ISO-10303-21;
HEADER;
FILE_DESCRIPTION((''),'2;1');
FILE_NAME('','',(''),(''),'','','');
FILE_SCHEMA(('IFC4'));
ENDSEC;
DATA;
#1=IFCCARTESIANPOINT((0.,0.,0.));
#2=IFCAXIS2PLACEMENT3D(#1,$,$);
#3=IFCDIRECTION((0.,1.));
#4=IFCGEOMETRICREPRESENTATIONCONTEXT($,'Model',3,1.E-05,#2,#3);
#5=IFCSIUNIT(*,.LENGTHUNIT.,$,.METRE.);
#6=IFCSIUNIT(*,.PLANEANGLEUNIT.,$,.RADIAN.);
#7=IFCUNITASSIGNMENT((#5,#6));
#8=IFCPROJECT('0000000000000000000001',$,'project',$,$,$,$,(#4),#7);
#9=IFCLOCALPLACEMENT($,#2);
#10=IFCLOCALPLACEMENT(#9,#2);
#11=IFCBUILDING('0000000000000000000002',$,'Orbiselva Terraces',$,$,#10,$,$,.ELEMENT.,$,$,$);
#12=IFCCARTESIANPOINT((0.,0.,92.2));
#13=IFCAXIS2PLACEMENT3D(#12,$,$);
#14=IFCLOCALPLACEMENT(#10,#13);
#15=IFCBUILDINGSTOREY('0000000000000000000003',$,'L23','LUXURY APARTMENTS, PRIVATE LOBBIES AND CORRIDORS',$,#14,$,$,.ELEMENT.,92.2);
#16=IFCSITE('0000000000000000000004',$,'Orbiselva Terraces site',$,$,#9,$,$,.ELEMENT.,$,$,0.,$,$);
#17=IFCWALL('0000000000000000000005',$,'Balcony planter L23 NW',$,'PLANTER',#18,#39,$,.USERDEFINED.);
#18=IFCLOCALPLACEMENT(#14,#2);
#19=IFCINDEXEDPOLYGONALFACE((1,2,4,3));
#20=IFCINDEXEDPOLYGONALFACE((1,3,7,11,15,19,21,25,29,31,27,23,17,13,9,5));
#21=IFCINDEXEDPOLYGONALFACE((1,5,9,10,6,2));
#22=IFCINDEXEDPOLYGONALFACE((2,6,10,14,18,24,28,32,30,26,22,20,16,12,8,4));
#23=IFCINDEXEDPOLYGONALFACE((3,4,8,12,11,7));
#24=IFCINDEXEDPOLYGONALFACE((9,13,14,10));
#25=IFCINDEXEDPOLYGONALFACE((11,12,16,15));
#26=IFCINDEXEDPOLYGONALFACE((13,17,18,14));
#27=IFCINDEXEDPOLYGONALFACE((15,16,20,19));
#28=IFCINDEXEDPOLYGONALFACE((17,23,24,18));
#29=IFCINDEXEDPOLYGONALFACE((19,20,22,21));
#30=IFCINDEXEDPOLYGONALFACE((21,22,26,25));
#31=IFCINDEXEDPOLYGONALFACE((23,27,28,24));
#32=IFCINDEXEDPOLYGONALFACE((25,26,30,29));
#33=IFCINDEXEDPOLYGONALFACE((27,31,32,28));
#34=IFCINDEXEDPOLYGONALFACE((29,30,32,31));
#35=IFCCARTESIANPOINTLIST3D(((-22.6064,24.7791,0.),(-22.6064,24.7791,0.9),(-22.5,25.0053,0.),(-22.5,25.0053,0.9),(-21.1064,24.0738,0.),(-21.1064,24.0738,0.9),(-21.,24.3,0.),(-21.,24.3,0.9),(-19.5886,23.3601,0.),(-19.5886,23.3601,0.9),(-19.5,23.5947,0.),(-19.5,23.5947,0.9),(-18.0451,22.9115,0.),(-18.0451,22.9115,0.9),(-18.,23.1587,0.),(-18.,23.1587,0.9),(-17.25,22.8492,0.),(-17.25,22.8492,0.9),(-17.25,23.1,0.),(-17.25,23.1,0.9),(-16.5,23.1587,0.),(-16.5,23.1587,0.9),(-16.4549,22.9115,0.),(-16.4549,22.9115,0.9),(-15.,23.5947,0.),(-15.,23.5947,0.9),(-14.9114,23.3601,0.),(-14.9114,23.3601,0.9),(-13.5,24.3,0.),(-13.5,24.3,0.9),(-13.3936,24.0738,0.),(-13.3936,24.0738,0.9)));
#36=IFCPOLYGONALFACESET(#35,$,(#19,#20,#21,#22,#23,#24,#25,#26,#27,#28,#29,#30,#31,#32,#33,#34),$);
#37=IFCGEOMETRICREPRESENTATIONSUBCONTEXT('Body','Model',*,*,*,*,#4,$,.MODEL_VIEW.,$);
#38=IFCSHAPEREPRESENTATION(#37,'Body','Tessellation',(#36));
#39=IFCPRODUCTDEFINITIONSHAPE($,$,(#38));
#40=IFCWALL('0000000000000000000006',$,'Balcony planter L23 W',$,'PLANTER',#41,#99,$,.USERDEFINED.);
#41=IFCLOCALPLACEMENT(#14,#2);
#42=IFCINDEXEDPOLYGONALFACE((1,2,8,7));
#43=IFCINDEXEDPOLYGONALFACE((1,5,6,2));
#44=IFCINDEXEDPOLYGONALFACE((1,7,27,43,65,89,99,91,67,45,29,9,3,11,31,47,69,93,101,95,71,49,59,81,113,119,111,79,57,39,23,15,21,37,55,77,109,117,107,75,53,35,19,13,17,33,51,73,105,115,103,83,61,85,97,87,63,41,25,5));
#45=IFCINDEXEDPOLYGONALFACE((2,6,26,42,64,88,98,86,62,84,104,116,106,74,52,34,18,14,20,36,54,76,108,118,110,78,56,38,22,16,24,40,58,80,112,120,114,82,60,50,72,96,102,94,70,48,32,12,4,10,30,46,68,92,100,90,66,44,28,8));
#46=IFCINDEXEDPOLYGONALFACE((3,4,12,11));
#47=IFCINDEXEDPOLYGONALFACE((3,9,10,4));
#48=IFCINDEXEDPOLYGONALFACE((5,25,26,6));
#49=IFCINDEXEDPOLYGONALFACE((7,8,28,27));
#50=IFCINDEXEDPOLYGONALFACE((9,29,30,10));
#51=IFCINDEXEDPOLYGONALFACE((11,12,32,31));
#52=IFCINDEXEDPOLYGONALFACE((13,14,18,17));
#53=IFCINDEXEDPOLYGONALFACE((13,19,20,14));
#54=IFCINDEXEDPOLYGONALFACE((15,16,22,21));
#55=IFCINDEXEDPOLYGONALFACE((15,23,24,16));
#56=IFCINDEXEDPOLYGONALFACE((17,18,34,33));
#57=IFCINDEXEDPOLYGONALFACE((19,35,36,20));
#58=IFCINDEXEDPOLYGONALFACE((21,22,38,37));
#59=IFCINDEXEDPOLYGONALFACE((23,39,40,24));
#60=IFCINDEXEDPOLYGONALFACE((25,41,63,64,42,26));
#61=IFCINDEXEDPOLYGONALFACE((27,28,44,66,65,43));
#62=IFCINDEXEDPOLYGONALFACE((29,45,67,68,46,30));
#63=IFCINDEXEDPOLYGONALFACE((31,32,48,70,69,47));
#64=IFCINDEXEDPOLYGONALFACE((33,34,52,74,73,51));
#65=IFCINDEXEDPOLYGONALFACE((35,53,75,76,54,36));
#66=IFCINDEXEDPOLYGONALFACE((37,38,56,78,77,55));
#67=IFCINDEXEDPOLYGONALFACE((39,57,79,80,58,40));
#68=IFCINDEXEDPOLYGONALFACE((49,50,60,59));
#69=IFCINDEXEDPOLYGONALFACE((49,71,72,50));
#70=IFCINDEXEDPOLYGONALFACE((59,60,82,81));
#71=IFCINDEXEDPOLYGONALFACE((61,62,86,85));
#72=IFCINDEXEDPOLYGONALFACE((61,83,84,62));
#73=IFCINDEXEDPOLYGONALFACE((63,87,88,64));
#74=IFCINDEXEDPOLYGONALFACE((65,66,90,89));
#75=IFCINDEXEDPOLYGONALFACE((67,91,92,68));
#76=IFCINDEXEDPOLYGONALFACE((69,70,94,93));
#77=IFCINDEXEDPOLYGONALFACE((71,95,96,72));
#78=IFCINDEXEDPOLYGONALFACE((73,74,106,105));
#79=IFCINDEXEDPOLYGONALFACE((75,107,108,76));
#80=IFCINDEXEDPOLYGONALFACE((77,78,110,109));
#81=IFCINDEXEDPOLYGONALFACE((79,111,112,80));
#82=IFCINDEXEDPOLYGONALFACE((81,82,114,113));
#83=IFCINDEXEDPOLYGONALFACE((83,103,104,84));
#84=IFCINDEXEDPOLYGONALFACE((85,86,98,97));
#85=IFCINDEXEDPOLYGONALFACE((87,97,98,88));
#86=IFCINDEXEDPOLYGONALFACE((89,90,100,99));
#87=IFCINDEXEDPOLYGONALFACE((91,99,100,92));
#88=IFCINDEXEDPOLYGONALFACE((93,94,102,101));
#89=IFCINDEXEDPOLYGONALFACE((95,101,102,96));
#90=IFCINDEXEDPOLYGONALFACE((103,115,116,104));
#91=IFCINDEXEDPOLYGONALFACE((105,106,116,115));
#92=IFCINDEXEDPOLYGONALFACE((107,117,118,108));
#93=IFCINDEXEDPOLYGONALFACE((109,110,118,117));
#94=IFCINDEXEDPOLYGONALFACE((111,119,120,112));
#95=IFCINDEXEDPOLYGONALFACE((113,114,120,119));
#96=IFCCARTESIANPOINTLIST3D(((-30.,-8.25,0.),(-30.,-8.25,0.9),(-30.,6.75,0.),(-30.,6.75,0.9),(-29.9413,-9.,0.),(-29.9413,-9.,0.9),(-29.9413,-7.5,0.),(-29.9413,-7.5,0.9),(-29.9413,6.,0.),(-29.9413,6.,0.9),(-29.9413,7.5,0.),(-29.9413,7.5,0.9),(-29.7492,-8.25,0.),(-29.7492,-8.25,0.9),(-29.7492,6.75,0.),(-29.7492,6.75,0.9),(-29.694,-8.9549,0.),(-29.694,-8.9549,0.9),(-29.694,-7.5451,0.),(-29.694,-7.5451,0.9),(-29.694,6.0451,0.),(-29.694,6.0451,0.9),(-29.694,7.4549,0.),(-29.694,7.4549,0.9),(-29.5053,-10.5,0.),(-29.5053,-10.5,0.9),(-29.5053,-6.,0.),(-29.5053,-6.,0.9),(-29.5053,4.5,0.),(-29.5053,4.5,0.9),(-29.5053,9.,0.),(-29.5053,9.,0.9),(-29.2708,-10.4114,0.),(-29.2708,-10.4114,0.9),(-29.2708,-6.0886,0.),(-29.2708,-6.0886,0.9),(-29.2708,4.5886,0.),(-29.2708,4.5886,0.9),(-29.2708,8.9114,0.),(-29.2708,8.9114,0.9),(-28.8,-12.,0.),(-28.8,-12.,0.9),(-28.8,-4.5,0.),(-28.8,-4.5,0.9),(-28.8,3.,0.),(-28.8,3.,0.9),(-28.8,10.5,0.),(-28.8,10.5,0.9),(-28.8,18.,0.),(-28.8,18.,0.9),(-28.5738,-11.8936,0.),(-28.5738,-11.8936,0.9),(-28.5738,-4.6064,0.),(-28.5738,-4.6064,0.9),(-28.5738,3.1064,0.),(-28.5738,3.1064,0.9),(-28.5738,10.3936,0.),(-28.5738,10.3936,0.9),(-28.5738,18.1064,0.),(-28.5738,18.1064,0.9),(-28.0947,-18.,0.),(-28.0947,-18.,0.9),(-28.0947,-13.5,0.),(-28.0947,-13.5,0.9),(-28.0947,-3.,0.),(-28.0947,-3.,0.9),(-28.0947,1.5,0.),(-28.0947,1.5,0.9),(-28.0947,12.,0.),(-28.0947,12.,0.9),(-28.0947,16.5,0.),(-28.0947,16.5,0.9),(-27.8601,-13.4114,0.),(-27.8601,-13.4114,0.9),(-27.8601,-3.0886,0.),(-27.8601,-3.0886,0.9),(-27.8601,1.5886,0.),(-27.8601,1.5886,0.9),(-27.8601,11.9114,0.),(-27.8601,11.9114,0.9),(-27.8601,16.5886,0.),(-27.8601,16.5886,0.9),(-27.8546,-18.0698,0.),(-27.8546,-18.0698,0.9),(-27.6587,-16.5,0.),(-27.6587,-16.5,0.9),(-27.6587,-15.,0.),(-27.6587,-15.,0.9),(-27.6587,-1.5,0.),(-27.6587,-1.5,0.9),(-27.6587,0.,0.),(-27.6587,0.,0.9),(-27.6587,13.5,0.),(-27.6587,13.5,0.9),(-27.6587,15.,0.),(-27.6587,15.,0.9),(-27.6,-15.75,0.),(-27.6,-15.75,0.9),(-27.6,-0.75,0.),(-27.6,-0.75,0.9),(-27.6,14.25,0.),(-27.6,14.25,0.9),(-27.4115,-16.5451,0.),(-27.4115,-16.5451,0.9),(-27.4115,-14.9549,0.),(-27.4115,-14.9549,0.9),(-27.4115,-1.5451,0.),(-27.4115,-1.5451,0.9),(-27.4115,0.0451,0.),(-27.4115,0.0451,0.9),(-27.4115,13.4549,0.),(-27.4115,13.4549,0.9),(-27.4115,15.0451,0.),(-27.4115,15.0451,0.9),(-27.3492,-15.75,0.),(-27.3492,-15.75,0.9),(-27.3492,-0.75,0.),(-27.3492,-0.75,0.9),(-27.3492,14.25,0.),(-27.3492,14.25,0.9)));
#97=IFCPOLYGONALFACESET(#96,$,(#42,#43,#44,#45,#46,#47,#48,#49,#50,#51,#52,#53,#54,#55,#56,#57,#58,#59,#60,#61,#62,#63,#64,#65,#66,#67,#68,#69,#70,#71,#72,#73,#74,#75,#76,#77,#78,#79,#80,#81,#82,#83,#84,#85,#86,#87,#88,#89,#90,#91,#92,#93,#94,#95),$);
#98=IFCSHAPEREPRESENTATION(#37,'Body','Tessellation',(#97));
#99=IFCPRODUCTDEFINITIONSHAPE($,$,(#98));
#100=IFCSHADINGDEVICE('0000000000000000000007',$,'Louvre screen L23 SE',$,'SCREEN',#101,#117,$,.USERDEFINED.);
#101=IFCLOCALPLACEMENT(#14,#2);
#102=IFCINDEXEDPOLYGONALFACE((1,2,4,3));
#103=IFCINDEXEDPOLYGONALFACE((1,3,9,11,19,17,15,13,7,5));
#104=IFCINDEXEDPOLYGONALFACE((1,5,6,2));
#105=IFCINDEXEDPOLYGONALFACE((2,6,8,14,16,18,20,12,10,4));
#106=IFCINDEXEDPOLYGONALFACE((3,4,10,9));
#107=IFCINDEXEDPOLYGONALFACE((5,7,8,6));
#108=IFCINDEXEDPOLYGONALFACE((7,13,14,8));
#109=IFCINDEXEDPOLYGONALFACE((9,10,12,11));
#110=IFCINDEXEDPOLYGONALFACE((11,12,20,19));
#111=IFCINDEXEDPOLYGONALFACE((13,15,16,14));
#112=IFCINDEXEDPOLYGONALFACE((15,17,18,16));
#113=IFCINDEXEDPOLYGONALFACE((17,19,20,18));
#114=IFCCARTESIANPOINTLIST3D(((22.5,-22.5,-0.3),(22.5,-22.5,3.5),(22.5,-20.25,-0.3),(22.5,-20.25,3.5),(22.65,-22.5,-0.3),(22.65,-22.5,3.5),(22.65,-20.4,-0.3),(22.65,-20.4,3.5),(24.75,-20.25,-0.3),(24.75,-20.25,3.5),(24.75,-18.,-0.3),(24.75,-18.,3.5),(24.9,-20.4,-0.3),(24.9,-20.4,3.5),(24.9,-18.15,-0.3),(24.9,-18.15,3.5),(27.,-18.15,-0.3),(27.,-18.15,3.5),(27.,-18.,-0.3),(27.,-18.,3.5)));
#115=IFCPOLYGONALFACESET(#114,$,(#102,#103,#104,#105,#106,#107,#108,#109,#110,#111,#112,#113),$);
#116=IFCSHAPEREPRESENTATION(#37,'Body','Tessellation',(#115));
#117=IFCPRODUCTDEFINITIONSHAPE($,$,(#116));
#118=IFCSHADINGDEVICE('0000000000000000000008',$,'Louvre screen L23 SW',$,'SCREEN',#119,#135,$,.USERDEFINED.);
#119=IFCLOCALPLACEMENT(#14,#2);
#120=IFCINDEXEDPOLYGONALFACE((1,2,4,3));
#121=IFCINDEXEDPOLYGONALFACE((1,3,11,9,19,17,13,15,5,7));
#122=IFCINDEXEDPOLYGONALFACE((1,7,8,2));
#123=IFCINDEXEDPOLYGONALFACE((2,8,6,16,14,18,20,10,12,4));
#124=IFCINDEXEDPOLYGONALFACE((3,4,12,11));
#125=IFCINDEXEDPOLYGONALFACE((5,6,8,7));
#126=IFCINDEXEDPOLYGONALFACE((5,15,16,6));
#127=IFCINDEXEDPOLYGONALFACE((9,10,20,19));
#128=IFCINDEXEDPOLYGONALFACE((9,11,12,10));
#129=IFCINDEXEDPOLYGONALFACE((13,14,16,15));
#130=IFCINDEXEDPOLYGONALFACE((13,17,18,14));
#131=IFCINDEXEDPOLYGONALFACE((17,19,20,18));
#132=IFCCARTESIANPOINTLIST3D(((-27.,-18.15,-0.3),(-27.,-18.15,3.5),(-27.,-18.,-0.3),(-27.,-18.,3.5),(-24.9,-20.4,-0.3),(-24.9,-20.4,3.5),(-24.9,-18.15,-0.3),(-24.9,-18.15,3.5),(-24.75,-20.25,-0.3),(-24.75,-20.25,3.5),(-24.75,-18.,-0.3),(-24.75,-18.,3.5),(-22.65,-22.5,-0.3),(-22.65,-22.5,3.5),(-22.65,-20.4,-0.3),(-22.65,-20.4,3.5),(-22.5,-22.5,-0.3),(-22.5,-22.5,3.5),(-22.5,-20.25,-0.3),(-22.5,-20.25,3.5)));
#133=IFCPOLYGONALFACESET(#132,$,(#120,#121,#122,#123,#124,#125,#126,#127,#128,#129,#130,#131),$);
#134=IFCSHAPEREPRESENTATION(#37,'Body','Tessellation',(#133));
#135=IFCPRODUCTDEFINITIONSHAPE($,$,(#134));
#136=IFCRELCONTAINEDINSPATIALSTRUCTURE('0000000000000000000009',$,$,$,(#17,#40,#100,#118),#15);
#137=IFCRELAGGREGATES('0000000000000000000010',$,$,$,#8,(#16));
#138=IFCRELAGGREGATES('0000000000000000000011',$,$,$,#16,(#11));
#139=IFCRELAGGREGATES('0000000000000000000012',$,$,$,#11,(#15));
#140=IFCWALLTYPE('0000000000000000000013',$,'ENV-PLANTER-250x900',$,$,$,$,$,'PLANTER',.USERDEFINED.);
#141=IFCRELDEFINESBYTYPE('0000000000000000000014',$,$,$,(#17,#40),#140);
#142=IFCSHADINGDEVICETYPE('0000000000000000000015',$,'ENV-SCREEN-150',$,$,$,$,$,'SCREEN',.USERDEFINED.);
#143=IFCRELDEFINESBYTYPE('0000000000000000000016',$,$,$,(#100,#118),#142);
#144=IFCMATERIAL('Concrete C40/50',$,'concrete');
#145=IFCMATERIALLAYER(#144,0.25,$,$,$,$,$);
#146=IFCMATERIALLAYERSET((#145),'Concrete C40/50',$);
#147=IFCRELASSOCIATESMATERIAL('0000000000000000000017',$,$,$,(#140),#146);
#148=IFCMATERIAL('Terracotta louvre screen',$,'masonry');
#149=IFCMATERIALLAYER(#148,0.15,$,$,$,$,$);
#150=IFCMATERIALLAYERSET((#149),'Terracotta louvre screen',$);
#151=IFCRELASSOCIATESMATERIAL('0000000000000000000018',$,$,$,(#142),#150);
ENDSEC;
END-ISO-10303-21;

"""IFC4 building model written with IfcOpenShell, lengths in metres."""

from ifc_helpers import new_model, si_unit, direction, frame, origin, place, context, subcontext, project, spatial, polyline, outline, extrude, material, layer, layer_set, type_object, element, save


model = new_model("IFC4")

# Units and contexts
model_context = context("Model", 3, precision=1e-05, world=origin(), true_north=direction((0.0, 1.0)))
body_context = subcontext(model_context, "Body", "Model", "MODEL_VIEW")
ifc_project = project(units=[si_unit("LENGTHUNIT", "METRE"), si_unit("PLANEANGLEUNIT", "RADIAN")], contexts=[model_context])

# Site, building, storey
site_placement = place(None, origin())
site = spatial("IfcSite", under=ifc_project, at=site_placement, Name="Orbiselva Terraces site", CompositionType="ELEMENT", RefElevation=0.0)
building_placement = place(site_placement, origin())
building = spatial("IfcBuilding", under=site, at=building_placement, Name="Orbiselva Terraces", CompositionType="ELEMENT")
storey_placement = place(building_placement, frame((0.0, 0.0, 92.2)))
storey = spatial("IfcBuildingStorey", under=building, at=storey_placement, Name="L23", Description="LUXURY APARTMENTS, PRIVATE LOBBIES AND CORRIDORS", CompositionType="ELEMENT", Elevation=92.2)

# Shared definitions
ifc_material_1 = material(Name="Concrete C40/50", Category="concrete")

# Walls
ifc_layer_1 = layer(ifc_material_1, 0.25)
ifc_layer_set_1 = layer_set([ifc_layer_1], Name="Concrete C40/50")
wall_type = type_object("IfcWallType", Name="ENV-PLANTER-250x900", ElementType="PLANTER", PredefinedType="USERDEFINED", material=ifc_layer_set_1)
wall_1_placement = place(storey_placement, origin())
element("IfcWall", 1, at=wall_1_placement, inside=storey, type_object=wall_type, Name="Balcony planter L23 NW", ObjectType="PLANTER", PredefinedType="USERDEFINED", context=body_context, shape_type="SweptSolid", body=[
    extrude(outline(polyline([(-13.5, 24.3), (-15.0, 23.5947), (-16.5, 23.1587), (-17.25, 23.1), (-18.0, 23.1587), (-19.5, 23.5947), (-21.0, 24.3), (-22.5, 25.0053), (-22.6064, 24.7791), (-21.1064, 24.0738), (-19.5886, 23.3601), (-18.0451, 22.9115), (-17.25, 22.8492), (-16.4549, 22.9115), (-14.9114, 23.3601), (-13.3936, 24.0738), (-13.5, 24.3)])), origin(), (0.0, 0.0, 1.0), 0.9),
])
wall_2_placement = place(storey_placement, origin())
element("IfcWall", 2, at=wall_2_placement, inside=storey, type_object=wall_type, Name="Balcony planter L23 W", ObjectType="PLANTER", PredefinedType="USERDEFINED", context=body_context, shape_type="SweptSolid", body=[
    extrude(outline(polyline([(-28.8, 18.0), (-28.0947, 16.5), (-27.6587, 15.0), (-27.6, 14.25), (-27.6587, 13.5), (-28.0947, 12.0), (-28.8, 10.5), (-29.5053, 9.0), (-29.9413, 7.5), (-30.0, 6.75), (-29.9413, 6.0), (-29.5053, 4.5), (-28.8, 3.0), (-28.0947, 1.5), (-27.6587, 0.0), (-27.6, -0.75), (-27.6587, -1.5), (-28.0947, -3.0), (-28.8, -4.5), (-29.5053, -6.0), (-29.9413, -7.5), (-30.0, -8.25), (-29.9413, -9.0), (-29.5053, -10.5), (-28.8, -12.0), (-28.0947, -13.5), (-27.6587, -15.0), (-27.6, -15.75), (-27.6587, -16.5), (-28.0947, -18.0), (-27.8546, -18.0698), (-27.4115, -16.5451), (-27.3492, -15.75), (-27.4115, -14.9549), (-27.8601, -13.4114), (-28.5738, -11.8936), (-29.2708, -10.4114), (-29.694, -8.9549), (-29.7492, -8.25), (-29.694, -7.5451), (-29.2708, -6.0886), (-28.5738, -4.6064), (-27.8601, -3.0886), (-27.4115, -1.5451), (-27.3492, -0.75), (-27.4115, 0.0451), (-27.8601, 1.5886), (-28.5738, 3.1064), (-29.2708, 4.5886), (-29.694, 6.0451), (-29.7492, 6.75), (-29.694, 7.4549), (-29.2708, 8.9114), (-28.5738, 10.3936), (-27.8601, 11.9114), (-27.4115, 13.4549), (-27.3492, 14.25), (-27.4115, 15.0451), (-27.8601, 16.5886), (-28.5738, 18.1064), (-28.8, 18.0)])), origin(), (0.0, 0.0, 1.0), 0.9),
])

# Shading devices
ifc_material_2 = material(Name="Terracotta louvre screen", Category="masonry")
ifc_layer_2 = layer(ifc_material_2, 0.15)
ifc_layer_set_2 = layer_set([ifc_layer_2], Name="Terracotta louvre screen")
shading_device_type = type_object("IfcShadingDeviceType", Name="ENV-SCREEN-150", ElementType="SCREEN", PredefinedType="USERDEFINED", material=ifc_layer_set_2)
shading_device_1_placement = place(storey_placement, frame((0.0, 0.0, -0.3)))
element("IfcShadingDevice", 3, at=shading_device_1_placement, inside=storey, type_object=shading_device_type, Name="Louvre screen L23 SE", ObjectType="SCREEN", PredefinedType="USERDEFINED", context=body_context, shape_type="SweptSolid", body=[
    extrude(outline(polyline([(22.65, -22.5), (22.65, -20.4), (24.9, -20.4), (24.9, -18.15), (27.0, -18.15), (27.0, -18.0), (24.75, -18.0), (24.75, -20.25), (22.5, -20.25), (22.5, -22.5), (22.65, -22.5)])), origin(), (0.0, 0.0, 1.0), 3.8),
])
shading_device_2_placement = place(storey_placement, frame((0.0, 0.0, -0.3)))
element("IfcShadingDevice", 4, at=shading_device_2_placement, inside=storey, type_object=shading_device_type, Name="Louvre screen L23 SW", ObjectType="SCREEN", PredefinedType="USERDEFINED", context=body_context, shape_type="SweptSolid", body=[
    extrude(outline(polyline([(-27.0, -18.15), (-24.9, -18.15), (-24.9, -20.4), (-22.65, -20.4), (-22.65, -22.5), (-22.5, -22.5), (-22.5, -20.25), (-24.75, -20.25), (-24.75, -18.0), (-27.0, -18.0), (-27.0, -18.15)])), origin(), (0.0, 0.0, 1.0), 3.8),
])

save(model, "model.ifc")
